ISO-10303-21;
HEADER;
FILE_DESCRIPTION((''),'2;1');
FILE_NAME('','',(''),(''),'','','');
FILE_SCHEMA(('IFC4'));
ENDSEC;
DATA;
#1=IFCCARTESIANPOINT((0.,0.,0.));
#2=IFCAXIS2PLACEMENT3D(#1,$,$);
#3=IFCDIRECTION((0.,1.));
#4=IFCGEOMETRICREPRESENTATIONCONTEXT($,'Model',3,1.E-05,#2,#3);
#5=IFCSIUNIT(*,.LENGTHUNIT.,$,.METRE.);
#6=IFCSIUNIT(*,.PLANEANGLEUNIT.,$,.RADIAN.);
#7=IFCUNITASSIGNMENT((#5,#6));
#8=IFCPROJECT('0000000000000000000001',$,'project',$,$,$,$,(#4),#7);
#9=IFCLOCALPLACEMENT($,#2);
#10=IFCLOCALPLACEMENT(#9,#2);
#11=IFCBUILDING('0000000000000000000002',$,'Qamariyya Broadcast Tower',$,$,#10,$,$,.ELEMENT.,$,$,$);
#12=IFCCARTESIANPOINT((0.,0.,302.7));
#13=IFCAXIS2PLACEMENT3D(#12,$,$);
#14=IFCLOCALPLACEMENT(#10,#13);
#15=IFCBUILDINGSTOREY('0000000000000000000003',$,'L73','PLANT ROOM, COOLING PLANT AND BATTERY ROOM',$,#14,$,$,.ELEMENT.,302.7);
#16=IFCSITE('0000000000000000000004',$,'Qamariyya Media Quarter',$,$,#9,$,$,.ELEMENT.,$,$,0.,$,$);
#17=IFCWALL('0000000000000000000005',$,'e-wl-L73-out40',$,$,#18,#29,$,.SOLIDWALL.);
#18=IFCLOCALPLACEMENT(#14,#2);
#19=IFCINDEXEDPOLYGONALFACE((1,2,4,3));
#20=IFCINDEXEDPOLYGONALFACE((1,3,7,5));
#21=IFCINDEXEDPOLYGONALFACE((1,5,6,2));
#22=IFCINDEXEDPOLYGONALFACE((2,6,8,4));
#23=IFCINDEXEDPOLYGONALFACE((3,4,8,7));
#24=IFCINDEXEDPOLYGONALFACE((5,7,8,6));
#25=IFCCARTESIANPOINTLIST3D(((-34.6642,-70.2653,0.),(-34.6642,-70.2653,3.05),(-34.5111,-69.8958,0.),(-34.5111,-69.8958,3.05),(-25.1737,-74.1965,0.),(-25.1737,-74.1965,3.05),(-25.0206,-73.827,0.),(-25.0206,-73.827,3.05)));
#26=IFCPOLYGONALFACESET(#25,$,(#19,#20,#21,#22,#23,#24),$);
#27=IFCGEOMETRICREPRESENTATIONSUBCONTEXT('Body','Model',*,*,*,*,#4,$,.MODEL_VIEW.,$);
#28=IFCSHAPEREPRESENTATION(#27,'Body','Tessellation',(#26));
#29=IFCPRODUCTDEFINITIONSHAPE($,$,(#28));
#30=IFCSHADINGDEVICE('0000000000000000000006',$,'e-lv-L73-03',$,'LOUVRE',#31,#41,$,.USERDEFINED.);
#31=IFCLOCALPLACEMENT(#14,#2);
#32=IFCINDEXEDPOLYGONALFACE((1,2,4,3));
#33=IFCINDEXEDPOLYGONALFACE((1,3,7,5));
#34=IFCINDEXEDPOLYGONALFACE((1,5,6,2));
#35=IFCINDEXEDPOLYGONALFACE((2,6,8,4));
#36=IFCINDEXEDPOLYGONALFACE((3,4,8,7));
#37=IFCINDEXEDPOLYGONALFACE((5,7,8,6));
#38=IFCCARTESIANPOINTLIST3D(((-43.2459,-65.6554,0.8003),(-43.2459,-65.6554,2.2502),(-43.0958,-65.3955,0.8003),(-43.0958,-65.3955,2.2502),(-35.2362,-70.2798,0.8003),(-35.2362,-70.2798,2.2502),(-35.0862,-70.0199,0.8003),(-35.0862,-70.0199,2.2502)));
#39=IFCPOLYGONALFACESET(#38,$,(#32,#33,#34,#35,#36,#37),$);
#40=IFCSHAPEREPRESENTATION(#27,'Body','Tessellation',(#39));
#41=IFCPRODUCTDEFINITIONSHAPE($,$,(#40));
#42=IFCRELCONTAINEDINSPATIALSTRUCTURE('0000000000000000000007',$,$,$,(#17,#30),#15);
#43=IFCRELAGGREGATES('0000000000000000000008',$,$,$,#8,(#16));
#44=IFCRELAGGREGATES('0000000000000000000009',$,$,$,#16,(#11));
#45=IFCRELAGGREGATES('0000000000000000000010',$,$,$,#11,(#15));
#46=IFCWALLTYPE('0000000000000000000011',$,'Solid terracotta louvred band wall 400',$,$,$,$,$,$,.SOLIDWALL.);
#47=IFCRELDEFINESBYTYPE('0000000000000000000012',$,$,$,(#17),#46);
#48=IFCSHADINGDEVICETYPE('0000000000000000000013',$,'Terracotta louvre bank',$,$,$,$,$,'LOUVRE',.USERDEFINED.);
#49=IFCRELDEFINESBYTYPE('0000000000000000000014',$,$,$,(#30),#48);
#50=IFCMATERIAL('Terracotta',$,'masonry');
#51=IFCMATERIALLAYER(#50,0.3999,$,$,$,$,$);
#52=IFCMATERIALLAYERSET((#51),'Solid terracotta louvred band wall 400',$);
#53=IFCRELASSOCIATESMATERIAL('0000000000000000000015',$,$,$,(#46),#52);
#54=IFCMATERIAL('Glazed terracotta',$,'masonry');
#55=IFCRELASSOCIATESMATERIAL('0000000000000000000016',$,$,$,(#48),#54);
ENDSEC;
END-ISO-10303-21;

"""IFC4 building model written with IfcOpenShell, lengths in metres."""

from ifc_helpers import new_model, si_unit, direction, frame, frame_2d, origin, origin_2d, place, context, subcontext, project, spatial, rectangle, extrude, material, layer, layer_set, type_object, element, save


model = new_model("IFC4")

# Units and contexts
model_context = context("Model", 3, precision=1e-05, world=origin(), true_north=direction((0.0, 1.0)))
body_context = subcontext(model_context, "Body", "Model", "MODEL_VIEW")
ifc_project = project(units=[si_unit("LENGTHUNIT", "METRE"), si_unit("PLANEANGLEUNIT", "RADIAN")], contexts=[model_context])

# Site, building, storey
site_placement = place(None, origin())
site = spatial("IfcSite", under=ifc_project, at=site_placement, Name="Qamariyya Media Quarter", CompositionType="ELEMENT", RefElevation=0.0)
building_placement = place(site_placement, origin())
building = spatial("IfcBuilding", under=site, at=building_placement, Name="Qamariyya Broadcast Tower", CompositionType="ELEMENT")
storey_placement = place(building_placement, frame((0.0, 0.0, 302.7)))
storey = spatial("IfcBuildingStorey", under=building, at=storey_placement, Name="L73", Description="PLANT ROOM, COOLING PLANT AND BATTERY ROOM", CompositionType="ELEMENT", Elevation=302.7)

# Wall
ifc_material_1 = material(Name="Terracotta", Category="masonry")
ifc_layer_1 = layer(ifc_material_1, 0.3999)
ifc_layer_set_1 = layer_set([ifc_layer_1], Name="Solid terracotta louvred band wall 400")
wall_type_1 = type_object("IfcWallType", Name="Solid terracotta louvred band wall 400", PredefinedType="SOLIDWALL", material=ifc_layer_set_1)
wall_1_placement = place(storey_placement, frame((-34.5876, -70.0806, 0.0), z_axis=(0.0, 0.0, 1.0), x_axis=(0.923877, -0.382689, 0.0)))
element("IfcWall", 1, at=wall_1_placement, inside=storey, type_object=wall_type_1, Name="e-wl-L73-out40", PredefinedType="SOLIDWALL", context=body_context, shape_type="SweptSolid", body=[
    extrude(rectangle(XDim=10.2725, YDim=0.3999, at=frame_2d((5.1362, 0.0))), origin(), (0.0, 0.0, 1.0), 3.05),
])

# Shading device
ifc_material_2 = material(Name="Glazed terracotta", Category="masonry")
shading_device_type = type_object("IfcShadingDeviceType", Name="Terracotta louvre bank", ElementType="LOUVRE", PredefinedType="USERDEFINED", material=ifc_material_2)
shading_device_placement = place(storey_placement, frame((-39.166, -67.8376, 0.8003), z_axis=(0.0, 0.0, 1.0), x_axis=(0.866025, -0.5, 0.0)))
element("IfcShadingDevice", 2, at=shading_device_placement, inside=storey, type_object=shading_device_type, Name="e-lv-L73-03", ObjectType="LOUVRE", PredefinedType="USERDEFINED", context=body_context, shape_type="SweptSolid", body=[
    extrude(rectangle(XDim=9.2488, YDim=0.3, at=origin_2d()), origin(), (0.0, 0.0, 1.0), 1.45),
])

save(model, "model.ifc")
